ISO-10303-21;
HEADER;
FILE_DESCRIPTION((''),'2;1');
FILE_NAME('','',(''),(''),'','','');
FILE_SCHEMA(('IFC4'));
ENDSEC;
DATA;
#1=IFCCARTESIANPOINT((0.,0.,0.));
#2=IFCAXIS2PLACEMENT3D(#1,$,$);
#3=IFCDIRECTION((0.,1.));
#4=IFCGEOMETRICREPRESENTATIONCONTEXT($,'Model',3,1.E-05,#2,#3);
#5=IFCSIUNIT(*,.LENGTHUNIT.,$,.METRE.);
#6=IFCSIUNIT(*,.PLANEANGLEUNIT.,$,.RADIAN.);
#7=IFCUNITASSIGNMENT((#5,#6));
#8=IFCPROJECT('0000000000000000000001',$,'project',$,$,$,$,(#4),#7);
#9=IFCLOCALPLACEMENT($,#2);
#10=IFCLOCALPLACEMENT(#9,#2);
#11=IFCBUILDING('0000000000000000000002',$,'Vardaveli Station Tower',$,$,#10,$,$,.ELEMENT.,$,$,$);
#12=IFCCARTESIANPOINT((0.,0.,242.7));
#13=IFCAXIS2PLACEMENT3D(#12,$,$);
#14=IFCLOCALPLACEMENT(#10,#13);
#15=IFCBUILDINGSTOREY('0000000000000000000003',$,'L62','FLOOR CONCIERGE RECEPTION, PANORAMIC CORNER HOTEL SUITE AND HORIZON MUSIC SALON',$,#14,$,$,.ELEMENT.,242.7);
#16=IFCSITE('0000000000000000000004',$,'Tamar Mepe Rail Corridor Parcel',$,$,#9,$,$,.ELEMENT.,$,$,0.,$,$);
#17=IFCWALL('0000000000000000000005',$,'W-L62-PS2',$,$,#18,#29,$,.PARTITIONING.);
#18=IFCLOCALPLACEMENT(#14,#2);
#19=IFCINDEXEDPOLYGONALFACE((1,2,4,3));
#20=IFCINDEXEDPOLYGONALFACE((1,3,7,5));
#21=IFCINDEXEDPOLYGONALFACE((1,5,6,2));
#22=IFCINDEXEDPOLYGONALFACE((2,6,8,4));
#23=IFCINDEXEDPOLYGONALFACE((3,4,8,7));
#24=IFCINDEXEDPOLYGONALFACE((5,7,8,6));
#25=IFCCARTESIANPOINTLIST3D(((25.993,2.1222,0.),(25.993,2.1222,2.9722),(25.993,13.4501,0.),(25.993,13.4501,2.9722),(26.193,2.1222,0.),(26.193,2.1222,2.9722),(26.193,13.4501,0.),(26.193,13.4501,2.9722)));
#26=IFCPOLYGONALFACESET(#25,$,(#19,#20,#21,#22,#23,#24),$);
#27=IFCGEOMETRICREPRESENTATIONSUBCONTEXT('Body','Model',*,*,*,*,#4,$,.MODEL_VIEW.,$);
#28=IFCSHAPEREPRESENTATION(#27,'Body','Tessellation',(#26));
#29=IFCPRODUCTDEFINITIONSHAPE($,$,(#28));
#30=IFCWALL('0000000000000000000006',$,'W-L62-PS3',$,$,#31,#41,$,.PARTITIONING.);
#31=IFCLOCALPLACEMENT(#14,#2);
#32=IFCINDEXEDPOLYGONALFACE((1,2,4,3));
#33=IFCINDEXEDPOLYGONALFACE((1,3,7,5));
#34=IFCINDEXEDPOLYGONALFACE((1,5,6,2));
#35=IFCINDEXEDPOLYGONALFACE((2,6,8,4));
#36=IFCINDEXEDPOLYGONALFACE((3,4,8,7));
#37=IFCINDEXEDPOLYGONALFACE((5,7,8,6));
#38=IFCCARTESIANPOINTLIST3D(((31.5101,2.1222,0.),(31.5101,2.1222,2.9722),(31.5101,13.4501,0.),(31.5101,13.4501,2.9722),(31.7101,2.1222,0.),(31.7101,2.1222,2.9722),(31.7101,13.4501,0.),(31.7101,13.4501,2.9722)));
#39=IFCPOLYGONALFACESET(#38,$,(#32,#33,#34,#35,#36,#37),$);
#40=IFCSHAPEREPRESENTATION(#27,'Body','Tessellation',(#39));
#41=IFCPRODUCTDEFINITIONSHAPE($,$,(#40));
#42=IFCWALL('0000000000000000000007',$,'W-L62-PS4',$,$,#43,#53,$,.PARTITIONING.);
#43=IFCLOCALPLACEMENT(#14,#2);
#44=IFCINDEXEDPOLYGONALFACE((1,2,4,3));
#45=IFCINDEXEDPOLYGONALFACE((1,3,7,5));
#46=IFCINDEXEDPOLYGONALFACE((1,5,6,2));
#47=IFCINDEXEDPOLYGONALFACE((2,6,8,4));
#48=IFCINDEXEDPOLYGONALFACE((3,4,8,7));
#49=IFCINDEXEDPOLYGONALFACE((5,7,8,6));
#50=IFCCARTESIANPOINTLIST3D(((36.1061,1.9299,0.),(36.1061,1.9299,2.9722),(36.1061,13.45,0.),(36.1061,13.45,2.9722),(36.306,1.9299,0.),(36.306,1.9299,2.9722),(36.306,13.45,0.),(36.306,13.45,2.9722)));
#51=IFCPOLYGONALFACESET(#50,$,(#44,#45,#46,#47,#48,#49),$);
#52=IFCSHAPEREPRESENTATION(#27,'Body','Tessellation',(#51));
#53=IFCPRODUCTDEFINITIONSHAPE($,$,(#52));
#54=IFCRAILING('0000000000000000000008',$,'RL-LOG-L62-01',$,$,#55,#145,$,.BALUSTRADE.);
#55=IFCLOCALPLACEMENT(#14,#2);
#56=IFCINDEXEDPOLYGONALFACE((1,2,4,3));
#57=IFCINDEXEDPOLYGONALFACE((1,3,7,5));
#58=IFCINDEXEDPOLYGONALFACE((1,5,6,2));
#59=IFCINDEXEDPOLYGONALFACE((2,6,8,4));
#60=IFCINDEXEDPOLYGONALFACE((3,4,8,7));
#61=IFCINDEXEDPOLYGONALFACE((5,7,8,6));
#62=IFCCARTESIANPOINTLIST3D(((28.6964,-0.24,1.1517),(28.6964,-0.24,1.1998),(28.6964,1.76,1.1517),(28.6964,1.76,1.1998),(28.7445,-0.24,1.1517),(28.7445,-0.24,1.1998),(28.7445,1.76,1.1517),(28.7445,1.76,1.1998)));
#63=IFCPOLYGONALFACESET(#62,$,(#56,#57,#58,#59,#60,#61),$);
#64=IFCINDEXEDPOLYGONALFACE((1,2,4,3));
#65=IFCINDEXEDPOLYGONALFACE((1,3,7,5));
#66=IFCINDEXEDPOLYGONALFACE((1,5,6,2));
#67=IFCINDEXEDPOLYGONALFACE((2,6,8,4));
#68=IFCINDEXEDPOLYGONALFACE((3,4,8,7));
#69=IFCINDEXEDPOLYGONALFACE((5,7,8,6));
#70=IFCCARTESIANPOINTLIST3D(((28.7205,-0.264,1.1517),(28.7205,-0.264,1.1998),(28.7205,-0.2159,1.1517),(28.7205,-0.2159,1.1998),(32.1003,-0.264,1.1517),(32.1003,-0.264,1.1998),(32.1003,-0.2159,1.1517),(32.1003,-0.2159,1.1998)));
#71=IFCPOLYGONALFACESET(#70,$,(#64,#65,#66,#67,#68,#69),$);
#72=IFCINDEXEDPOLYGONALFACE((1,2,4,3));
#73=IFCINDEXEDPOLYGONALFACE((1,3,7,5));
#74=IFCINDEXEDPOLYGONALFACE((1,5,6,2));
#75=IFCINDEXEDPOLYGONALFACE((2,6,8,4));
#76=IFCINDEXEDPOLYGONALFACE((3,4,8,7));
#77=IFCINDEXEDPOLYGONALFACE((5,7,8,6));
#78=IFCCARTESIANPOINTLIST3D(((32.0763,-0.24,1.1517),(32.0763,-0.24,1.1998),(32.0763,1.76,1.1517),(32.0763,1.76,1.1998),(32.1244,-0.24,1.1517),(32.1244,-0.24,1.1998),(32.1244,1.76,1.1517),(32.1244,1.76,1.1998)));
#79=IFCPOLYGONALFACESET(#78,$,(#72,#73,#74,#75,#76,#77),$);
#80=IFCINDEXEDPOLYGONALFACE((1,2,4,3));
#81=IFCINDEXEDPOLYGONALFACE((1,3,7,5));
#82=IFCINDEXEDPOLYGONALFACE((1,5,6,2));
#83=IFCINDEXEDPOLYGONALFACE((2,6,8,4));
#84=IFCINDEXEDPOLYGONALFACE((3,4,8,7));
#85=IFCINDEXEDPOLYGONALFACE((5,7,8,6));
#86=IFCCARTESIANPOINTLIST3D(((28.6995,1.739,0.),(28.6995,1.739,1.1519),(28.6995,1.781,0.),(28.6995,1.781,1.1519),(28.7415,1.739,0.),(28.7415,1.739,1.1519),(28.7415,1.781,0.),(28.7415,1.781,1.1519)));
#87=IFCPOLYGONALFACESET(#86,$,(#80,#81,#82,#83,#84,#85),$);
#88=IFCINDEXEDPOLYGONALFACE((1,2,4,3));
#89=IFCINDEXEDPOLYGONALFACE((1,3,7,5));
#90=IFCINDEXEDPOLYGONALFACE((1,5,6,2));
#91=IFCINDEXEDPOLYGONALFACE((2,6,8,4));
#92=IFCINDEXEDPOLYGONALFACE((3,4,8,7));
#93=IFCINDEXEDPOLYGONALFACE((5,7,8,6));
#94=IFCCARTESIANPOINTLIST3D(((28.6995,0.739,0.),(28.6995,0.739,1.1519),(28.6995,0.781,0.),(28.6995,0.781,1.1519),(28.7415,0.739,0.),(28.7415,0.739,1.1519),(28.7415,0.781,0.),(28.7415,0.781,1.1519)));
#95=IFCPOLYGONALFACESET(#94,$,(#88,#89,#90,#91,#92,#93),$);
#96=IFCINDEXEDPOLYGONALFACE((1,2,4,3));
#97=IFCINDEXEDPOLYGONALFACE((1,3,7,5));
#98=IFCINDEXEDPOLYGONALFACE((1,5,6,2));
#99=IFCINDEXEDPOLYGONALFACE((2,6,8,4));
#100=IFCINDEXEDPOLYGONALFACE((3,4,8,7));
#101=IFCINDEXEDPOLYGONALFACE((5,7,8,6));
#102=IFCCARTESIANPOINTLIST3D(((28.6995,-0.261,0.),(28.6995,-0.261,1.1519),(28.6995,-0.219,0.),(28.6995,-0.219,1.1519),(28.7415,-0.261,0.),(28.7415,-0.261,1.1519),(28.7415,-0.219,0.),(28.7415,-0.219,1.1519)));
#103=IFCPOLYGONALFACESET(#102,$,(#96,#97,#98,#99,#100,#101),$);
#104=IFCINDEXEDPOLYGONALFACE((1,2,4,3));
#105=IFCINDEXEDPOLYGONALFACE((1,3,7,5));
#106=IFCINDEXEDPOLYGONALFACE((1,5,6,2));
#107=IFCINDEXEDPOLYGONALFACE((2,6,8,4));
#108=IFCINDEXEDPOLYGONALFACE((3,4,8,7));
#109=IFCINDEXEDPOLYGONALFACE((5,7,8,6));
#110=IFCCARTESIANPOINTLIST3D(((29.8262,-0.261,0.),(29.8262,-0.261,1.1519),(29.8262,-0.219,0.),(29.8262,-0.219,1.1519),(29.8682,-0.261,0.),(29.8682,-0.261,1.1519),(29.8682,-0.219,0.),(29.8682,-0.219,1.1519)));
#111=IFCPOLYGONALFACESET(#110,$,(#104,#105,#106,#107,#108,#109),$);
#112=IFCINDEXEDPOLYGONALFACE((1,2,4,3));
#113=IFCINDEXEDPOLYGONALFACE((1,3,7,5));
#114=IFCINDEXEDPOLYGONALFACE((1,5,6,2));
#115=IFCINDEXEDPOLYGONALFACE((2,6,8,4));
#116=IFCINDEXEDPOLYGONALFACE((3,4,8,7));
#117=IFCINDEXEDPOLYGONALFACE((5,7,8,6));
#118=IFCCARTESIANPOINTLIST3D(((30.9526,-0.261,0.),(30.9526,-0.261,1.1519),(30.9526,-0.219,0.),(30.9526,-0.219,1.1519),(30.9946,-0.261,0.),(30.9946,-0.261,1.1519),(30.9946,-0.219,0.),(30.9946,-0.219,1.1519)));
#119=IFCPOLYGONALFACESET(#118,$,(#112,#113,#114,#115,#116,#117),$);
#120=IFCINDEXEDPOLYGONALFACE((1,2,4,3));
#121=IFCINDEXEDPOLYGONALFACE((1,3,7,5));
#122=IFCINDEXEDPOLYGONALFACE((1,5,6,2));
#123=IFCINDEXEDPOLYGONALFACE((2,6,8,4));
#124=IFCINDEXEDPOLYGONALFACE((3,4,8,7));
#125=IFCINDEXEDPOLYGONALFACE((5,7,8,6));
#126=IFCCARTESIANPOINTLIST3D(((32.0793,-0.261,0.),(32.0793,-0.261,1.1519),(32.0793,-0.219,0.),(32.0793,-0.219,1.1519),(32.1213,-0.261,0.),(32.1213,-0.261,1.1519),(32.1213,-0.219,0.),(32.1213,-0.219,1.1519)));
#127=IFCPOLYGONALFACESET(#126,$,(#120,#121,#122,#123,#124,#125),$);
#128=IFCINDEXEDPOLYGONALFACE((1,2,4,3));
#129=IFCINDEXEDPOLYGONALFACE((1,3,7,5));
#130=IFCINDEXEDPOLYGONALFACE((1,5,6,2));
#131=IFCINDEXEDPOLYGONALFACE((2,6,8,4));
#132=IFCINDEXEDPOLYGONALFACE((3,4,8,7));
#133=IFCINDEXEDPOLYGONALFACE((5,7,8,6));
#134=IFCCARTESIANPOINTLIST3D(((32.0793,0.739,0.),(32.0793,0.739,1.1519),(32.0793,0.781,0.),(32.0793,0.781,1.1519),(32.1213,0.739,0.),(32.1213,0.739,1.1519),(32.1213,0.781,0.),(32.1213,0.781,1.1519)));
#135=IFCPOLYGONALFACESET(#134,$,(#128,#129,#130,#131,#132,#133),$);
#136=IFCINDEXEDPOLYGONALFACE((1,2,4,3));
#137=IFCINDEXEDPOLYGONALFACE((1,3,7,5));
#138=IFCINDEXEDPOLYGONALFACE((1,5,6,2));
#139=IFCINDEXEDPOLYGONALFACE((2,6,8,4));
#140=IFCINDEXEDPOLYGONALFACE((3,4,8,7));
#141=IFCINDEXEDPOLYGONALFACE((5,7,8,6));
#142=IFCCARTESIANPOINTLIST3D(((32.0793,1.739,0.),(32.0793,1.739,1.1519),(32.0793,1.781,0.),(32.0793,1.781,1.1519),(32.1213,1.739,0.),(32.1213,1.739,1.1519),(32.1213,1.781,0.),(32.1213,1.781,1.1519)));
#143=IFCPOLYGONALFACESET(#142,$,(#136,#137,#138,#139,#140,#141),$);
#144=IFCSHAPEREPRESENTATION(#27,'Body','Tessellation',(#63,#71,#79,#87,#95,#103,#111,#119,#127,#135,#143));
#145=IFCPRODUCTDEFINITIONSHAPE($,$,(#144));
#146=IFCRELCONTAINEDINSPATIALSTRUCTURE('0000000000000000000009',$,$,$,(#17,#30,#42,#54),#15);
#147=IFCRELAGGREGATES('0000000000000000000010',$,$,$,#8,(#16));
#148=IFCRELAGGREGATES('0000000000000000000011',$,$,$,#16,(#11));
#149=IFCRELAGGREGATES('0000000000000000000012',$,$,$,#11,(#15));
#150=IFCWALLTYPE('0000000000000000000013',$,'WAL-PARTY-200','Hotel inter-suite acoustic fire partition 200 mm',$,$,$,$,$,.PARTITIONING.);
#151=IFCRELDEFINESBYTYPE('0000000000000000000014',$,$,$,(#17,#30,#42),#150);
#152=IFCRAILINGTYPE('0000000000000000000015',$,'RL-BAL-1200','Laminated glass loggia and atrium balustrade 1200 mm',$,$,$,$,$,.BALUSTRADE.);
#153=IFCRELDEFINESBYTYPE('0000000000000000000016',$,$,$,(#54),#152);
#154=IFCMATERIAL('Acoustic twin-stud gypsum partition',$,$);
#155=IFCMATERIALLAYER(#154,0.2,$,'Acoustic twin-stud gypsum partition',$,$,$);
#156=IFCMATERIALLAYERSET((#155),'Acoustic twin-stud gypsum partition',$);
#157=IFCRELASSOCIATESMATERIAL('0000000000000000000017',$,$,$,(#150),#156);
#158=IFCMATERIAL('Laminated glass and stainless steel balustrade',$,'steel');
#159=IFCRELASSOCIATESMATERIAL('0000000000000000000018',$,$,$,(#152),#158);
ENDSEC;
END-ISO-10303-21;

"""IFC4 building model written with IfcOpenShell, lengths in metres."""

from ifc_helpers import new_model, si_unit, direction, frame, frame_2d, origin, origin_2d, place, context, subcontext, project, spatial, rectangle, extrude, source, transform, mapped, material, layer, layer_set, type_object, element, save


model = new_model("IFC4")

# Units and contexts
model_context = context("Model", 3, precision=1e-05, world=origin(), true_north=direction((0.0, 1.0)))
body_context = subcontext(model_context, "Body", "Model", "MODEL_VIEW")
ifc_project = project(units=[si_unit("LENGTHUNIT", "METRE"), si_unit("PLANEANGLEUNIT", "RADIAN")], contexts=[model_context])

# Site, building, storey
site_placement = place(None, origin())
site = spatial("IfcSite", under=ifc_project, at=site_placement, Name="Tamar Mepe Rail Corridor Parcel", CompositionType="ELEMENT", RefElevation=0.0)
building_placement = place(site_placement, origin())
building = spatial("IfcBuilding", under=site, at=building_placement, Name="Vardaveli Station Tower", CompositionType="ELEMENT")
storey_placement = place(building_placement, frame((0.0, 0.0, 242.7)))
storey = spatial("IfcBuildingStorey", under=building, at=storey_placement, Name="L62", Description="FLOOR CONCIERGE RECEPTION, PANORAMIC CORNER HOTEL SUITE AND HORIZON MUSIC SALON", CompositionType="ELEMENT", Elevation=242.7)

# Walls
ifc_material_1 = material(Name="Acoustic twin-stud gypsum partition")
ifc_layer_1 = layer(ifc_material_1, 0.2, Name="Acoustic twin-stud gypsum partition")
ifc_layer_set_1 = layer_set([ifc_layer_1], Name="Acoustic twin-stud gypsum partition")
wall_type = type_object("IfcWallType", Name="WAL-PARTY-200", Description="Hotel inter-suite acoustic fire partition 200 mm", PredefinedType="PARTITIONING", material=ifc_layer_set_1)
shared_shape_1 = source(origin(), body_context, "Body", "SweptSolid", [
    extrude(rectangle(XDim=11.3279, YDim=0.2, at=frame_2d((5.6641, 0.0))), origin(), (0.0, 0.0, 1.0), 2.9722),
])
for number, where, z_axis, x_axis, name in (
    (1, (26.093, 2.1221, 0.0), (0.0, 0.0, 1.0), (0.0, 1.0, 0.0), "W-L62-PS2"),
    (2, (31.6101, 2.1221, 0.0), (0.0, 0.0, 1.0), (0.0, 1.0, 0.0), "W-L62-PS3"),
):
    element("IfcWall", number, at=place(storey_placement, frame(where, z_axis=z_axis, x_axis=x_axis)), inside=storey, type_object=wall_type, Name=name, PredefinedType="PARTITIONING", context=body_context, shape_type="MappedRepresentation", body=[
        mapped(shared_shape_1, transform((0.0, 0.0, 0.0), scale=1.0)),
    ])
shared_shape_2 = source(origin(), body_context, "Body", "SweptSolid", [
    extrude(rectangle(XDim=11.52, YDim=0.2, at=frame_2d((5.76, 0.0))), origin(), (0.0, 0.0, 1.0), 2.9722),
])
wall_placement = place(storey_placement, frame((36.2061, 1.9299, 0.0), z_axis=(0.0, 0.0, 1.0), x_axis=(0.0, 1.0, 0.0)))
element("IfcWall", 3, at=wall_placement, inside=storey, type_object=wall_type, Name="W-L62-PS4", PredefinedType="PARTITIONING", context=body_context, shape_type="MappedRepresentation", body=[
    mapped(shared_shape_2, transform((0.0, 0.0, 0.0), scale=1.0)),
])

# Railing
ifc_material_2 = material(Name="Laminated glass and stainless steel balustrade", Category="steel")
railing_type = type_object("IfcRailingType", Name="RL-BAL-1200", Description="Laminated glass loggia and atrium balustrade 1200 mm", PredefinedType="BALUSTRADE", material=ifc_material_2)
shared_shape_3 = source(origin(), body_context, "Body", "SweptSolid", [
    extrude(rectangle(XDim=0.0481, YDim=0.0481, at=origin_2d()), frame((0.0, 0.0, 1.1758), z_axis=(0.0, -1.0, 0.0), x_axis=(1.0, 0.0, 0.0)), (0.0, 0.0, 1.0), 2.0),
    extrude(rectangle(XDim=0.0481, YDim=0.0481, at=origin_2d()), frame((0.0, -2.0, 1.1758), z_axis=(1.0, 0.0, 0.0), x_axis=(0.0, 1.0, 0.0)), (0.0, 0.0, 1.0), 3.3799),
    extrude(rectangle(XDim=0.0481, YDim=0.0481, at=origin_2d()), frame((3.3799, -2.0, 1.1758), z_axis=(0.0, 1.0, 0.0), x_axis=(-1.0, 0.0, 0.0)), (0.0, 0.0, 1.0), 2.0),
    extrude(rectangle(XDim=0.042, YDim=0.042, at=origin_2d()), origin(), (0.0, 0.0, 1.0), 1.1519),
    extrude(rectangle(XDim=0.042, YDim=0.042, at=origin_2d()), frame((0.0, -1.0, 0.0)), (0.0, 0.0, 1.0), 1.1519),
    extrude(rectangle(XDim=0.042, YDim=0.042, at=origin_2d()), frame((0.0, -2.0, 0.0)), (0.0, 0.0, 1.0), 1.1519),
    extrude(rectangle(XDim=0.042, YDim=0.042, at=origin_2d()), frame((1.1267, -2.0, 0.0)), (0.0, 0.0, 1.0), 1.1519),
    extrude(rectangle(XDim=0.042, YDim=0.042, at=origin_2d()), frame((2.2532, -2.0, 0.0)), (0.0, 0.0, 1.0), 1.1519),
    extrude(rectangle(XDim=0.042, YDim=0.042, at=origin_2d()), frame((3.3799, -2.0, 0.0)), (0.0, 0.0, 1.0), 1.1519),
    extrude(rectangle(XDim=0.042, YDim=0.042, at=origin_2d()), frame((3.3799, -1.0, 0.0)), (0.0, 0.0, 1.0), 1.1519),
    extrude(rectangle(XDim=0.042, YDim=0.042, at=origin_2d()), frame((3.3799, 0.0, 0.0)), (0.0, 0.0, 1.0), 1.1519),
])
railing_placement = place(storey_placement, frame((28.7205, 1.76, 0.0)))
element("IfcRailing", 4, at=railing_placement, inside=storey, type_object=railing_type, Name="RL-LOG-L62-01", PredefinedType="BALUSTRADE", context=body_context, shape_type="MappedRepresentation", body=[
    mapped(shared_shape_3, transform((0.0, 0.0, 0.0), scale=1.0)),
])

save(model, "model.ifc")
